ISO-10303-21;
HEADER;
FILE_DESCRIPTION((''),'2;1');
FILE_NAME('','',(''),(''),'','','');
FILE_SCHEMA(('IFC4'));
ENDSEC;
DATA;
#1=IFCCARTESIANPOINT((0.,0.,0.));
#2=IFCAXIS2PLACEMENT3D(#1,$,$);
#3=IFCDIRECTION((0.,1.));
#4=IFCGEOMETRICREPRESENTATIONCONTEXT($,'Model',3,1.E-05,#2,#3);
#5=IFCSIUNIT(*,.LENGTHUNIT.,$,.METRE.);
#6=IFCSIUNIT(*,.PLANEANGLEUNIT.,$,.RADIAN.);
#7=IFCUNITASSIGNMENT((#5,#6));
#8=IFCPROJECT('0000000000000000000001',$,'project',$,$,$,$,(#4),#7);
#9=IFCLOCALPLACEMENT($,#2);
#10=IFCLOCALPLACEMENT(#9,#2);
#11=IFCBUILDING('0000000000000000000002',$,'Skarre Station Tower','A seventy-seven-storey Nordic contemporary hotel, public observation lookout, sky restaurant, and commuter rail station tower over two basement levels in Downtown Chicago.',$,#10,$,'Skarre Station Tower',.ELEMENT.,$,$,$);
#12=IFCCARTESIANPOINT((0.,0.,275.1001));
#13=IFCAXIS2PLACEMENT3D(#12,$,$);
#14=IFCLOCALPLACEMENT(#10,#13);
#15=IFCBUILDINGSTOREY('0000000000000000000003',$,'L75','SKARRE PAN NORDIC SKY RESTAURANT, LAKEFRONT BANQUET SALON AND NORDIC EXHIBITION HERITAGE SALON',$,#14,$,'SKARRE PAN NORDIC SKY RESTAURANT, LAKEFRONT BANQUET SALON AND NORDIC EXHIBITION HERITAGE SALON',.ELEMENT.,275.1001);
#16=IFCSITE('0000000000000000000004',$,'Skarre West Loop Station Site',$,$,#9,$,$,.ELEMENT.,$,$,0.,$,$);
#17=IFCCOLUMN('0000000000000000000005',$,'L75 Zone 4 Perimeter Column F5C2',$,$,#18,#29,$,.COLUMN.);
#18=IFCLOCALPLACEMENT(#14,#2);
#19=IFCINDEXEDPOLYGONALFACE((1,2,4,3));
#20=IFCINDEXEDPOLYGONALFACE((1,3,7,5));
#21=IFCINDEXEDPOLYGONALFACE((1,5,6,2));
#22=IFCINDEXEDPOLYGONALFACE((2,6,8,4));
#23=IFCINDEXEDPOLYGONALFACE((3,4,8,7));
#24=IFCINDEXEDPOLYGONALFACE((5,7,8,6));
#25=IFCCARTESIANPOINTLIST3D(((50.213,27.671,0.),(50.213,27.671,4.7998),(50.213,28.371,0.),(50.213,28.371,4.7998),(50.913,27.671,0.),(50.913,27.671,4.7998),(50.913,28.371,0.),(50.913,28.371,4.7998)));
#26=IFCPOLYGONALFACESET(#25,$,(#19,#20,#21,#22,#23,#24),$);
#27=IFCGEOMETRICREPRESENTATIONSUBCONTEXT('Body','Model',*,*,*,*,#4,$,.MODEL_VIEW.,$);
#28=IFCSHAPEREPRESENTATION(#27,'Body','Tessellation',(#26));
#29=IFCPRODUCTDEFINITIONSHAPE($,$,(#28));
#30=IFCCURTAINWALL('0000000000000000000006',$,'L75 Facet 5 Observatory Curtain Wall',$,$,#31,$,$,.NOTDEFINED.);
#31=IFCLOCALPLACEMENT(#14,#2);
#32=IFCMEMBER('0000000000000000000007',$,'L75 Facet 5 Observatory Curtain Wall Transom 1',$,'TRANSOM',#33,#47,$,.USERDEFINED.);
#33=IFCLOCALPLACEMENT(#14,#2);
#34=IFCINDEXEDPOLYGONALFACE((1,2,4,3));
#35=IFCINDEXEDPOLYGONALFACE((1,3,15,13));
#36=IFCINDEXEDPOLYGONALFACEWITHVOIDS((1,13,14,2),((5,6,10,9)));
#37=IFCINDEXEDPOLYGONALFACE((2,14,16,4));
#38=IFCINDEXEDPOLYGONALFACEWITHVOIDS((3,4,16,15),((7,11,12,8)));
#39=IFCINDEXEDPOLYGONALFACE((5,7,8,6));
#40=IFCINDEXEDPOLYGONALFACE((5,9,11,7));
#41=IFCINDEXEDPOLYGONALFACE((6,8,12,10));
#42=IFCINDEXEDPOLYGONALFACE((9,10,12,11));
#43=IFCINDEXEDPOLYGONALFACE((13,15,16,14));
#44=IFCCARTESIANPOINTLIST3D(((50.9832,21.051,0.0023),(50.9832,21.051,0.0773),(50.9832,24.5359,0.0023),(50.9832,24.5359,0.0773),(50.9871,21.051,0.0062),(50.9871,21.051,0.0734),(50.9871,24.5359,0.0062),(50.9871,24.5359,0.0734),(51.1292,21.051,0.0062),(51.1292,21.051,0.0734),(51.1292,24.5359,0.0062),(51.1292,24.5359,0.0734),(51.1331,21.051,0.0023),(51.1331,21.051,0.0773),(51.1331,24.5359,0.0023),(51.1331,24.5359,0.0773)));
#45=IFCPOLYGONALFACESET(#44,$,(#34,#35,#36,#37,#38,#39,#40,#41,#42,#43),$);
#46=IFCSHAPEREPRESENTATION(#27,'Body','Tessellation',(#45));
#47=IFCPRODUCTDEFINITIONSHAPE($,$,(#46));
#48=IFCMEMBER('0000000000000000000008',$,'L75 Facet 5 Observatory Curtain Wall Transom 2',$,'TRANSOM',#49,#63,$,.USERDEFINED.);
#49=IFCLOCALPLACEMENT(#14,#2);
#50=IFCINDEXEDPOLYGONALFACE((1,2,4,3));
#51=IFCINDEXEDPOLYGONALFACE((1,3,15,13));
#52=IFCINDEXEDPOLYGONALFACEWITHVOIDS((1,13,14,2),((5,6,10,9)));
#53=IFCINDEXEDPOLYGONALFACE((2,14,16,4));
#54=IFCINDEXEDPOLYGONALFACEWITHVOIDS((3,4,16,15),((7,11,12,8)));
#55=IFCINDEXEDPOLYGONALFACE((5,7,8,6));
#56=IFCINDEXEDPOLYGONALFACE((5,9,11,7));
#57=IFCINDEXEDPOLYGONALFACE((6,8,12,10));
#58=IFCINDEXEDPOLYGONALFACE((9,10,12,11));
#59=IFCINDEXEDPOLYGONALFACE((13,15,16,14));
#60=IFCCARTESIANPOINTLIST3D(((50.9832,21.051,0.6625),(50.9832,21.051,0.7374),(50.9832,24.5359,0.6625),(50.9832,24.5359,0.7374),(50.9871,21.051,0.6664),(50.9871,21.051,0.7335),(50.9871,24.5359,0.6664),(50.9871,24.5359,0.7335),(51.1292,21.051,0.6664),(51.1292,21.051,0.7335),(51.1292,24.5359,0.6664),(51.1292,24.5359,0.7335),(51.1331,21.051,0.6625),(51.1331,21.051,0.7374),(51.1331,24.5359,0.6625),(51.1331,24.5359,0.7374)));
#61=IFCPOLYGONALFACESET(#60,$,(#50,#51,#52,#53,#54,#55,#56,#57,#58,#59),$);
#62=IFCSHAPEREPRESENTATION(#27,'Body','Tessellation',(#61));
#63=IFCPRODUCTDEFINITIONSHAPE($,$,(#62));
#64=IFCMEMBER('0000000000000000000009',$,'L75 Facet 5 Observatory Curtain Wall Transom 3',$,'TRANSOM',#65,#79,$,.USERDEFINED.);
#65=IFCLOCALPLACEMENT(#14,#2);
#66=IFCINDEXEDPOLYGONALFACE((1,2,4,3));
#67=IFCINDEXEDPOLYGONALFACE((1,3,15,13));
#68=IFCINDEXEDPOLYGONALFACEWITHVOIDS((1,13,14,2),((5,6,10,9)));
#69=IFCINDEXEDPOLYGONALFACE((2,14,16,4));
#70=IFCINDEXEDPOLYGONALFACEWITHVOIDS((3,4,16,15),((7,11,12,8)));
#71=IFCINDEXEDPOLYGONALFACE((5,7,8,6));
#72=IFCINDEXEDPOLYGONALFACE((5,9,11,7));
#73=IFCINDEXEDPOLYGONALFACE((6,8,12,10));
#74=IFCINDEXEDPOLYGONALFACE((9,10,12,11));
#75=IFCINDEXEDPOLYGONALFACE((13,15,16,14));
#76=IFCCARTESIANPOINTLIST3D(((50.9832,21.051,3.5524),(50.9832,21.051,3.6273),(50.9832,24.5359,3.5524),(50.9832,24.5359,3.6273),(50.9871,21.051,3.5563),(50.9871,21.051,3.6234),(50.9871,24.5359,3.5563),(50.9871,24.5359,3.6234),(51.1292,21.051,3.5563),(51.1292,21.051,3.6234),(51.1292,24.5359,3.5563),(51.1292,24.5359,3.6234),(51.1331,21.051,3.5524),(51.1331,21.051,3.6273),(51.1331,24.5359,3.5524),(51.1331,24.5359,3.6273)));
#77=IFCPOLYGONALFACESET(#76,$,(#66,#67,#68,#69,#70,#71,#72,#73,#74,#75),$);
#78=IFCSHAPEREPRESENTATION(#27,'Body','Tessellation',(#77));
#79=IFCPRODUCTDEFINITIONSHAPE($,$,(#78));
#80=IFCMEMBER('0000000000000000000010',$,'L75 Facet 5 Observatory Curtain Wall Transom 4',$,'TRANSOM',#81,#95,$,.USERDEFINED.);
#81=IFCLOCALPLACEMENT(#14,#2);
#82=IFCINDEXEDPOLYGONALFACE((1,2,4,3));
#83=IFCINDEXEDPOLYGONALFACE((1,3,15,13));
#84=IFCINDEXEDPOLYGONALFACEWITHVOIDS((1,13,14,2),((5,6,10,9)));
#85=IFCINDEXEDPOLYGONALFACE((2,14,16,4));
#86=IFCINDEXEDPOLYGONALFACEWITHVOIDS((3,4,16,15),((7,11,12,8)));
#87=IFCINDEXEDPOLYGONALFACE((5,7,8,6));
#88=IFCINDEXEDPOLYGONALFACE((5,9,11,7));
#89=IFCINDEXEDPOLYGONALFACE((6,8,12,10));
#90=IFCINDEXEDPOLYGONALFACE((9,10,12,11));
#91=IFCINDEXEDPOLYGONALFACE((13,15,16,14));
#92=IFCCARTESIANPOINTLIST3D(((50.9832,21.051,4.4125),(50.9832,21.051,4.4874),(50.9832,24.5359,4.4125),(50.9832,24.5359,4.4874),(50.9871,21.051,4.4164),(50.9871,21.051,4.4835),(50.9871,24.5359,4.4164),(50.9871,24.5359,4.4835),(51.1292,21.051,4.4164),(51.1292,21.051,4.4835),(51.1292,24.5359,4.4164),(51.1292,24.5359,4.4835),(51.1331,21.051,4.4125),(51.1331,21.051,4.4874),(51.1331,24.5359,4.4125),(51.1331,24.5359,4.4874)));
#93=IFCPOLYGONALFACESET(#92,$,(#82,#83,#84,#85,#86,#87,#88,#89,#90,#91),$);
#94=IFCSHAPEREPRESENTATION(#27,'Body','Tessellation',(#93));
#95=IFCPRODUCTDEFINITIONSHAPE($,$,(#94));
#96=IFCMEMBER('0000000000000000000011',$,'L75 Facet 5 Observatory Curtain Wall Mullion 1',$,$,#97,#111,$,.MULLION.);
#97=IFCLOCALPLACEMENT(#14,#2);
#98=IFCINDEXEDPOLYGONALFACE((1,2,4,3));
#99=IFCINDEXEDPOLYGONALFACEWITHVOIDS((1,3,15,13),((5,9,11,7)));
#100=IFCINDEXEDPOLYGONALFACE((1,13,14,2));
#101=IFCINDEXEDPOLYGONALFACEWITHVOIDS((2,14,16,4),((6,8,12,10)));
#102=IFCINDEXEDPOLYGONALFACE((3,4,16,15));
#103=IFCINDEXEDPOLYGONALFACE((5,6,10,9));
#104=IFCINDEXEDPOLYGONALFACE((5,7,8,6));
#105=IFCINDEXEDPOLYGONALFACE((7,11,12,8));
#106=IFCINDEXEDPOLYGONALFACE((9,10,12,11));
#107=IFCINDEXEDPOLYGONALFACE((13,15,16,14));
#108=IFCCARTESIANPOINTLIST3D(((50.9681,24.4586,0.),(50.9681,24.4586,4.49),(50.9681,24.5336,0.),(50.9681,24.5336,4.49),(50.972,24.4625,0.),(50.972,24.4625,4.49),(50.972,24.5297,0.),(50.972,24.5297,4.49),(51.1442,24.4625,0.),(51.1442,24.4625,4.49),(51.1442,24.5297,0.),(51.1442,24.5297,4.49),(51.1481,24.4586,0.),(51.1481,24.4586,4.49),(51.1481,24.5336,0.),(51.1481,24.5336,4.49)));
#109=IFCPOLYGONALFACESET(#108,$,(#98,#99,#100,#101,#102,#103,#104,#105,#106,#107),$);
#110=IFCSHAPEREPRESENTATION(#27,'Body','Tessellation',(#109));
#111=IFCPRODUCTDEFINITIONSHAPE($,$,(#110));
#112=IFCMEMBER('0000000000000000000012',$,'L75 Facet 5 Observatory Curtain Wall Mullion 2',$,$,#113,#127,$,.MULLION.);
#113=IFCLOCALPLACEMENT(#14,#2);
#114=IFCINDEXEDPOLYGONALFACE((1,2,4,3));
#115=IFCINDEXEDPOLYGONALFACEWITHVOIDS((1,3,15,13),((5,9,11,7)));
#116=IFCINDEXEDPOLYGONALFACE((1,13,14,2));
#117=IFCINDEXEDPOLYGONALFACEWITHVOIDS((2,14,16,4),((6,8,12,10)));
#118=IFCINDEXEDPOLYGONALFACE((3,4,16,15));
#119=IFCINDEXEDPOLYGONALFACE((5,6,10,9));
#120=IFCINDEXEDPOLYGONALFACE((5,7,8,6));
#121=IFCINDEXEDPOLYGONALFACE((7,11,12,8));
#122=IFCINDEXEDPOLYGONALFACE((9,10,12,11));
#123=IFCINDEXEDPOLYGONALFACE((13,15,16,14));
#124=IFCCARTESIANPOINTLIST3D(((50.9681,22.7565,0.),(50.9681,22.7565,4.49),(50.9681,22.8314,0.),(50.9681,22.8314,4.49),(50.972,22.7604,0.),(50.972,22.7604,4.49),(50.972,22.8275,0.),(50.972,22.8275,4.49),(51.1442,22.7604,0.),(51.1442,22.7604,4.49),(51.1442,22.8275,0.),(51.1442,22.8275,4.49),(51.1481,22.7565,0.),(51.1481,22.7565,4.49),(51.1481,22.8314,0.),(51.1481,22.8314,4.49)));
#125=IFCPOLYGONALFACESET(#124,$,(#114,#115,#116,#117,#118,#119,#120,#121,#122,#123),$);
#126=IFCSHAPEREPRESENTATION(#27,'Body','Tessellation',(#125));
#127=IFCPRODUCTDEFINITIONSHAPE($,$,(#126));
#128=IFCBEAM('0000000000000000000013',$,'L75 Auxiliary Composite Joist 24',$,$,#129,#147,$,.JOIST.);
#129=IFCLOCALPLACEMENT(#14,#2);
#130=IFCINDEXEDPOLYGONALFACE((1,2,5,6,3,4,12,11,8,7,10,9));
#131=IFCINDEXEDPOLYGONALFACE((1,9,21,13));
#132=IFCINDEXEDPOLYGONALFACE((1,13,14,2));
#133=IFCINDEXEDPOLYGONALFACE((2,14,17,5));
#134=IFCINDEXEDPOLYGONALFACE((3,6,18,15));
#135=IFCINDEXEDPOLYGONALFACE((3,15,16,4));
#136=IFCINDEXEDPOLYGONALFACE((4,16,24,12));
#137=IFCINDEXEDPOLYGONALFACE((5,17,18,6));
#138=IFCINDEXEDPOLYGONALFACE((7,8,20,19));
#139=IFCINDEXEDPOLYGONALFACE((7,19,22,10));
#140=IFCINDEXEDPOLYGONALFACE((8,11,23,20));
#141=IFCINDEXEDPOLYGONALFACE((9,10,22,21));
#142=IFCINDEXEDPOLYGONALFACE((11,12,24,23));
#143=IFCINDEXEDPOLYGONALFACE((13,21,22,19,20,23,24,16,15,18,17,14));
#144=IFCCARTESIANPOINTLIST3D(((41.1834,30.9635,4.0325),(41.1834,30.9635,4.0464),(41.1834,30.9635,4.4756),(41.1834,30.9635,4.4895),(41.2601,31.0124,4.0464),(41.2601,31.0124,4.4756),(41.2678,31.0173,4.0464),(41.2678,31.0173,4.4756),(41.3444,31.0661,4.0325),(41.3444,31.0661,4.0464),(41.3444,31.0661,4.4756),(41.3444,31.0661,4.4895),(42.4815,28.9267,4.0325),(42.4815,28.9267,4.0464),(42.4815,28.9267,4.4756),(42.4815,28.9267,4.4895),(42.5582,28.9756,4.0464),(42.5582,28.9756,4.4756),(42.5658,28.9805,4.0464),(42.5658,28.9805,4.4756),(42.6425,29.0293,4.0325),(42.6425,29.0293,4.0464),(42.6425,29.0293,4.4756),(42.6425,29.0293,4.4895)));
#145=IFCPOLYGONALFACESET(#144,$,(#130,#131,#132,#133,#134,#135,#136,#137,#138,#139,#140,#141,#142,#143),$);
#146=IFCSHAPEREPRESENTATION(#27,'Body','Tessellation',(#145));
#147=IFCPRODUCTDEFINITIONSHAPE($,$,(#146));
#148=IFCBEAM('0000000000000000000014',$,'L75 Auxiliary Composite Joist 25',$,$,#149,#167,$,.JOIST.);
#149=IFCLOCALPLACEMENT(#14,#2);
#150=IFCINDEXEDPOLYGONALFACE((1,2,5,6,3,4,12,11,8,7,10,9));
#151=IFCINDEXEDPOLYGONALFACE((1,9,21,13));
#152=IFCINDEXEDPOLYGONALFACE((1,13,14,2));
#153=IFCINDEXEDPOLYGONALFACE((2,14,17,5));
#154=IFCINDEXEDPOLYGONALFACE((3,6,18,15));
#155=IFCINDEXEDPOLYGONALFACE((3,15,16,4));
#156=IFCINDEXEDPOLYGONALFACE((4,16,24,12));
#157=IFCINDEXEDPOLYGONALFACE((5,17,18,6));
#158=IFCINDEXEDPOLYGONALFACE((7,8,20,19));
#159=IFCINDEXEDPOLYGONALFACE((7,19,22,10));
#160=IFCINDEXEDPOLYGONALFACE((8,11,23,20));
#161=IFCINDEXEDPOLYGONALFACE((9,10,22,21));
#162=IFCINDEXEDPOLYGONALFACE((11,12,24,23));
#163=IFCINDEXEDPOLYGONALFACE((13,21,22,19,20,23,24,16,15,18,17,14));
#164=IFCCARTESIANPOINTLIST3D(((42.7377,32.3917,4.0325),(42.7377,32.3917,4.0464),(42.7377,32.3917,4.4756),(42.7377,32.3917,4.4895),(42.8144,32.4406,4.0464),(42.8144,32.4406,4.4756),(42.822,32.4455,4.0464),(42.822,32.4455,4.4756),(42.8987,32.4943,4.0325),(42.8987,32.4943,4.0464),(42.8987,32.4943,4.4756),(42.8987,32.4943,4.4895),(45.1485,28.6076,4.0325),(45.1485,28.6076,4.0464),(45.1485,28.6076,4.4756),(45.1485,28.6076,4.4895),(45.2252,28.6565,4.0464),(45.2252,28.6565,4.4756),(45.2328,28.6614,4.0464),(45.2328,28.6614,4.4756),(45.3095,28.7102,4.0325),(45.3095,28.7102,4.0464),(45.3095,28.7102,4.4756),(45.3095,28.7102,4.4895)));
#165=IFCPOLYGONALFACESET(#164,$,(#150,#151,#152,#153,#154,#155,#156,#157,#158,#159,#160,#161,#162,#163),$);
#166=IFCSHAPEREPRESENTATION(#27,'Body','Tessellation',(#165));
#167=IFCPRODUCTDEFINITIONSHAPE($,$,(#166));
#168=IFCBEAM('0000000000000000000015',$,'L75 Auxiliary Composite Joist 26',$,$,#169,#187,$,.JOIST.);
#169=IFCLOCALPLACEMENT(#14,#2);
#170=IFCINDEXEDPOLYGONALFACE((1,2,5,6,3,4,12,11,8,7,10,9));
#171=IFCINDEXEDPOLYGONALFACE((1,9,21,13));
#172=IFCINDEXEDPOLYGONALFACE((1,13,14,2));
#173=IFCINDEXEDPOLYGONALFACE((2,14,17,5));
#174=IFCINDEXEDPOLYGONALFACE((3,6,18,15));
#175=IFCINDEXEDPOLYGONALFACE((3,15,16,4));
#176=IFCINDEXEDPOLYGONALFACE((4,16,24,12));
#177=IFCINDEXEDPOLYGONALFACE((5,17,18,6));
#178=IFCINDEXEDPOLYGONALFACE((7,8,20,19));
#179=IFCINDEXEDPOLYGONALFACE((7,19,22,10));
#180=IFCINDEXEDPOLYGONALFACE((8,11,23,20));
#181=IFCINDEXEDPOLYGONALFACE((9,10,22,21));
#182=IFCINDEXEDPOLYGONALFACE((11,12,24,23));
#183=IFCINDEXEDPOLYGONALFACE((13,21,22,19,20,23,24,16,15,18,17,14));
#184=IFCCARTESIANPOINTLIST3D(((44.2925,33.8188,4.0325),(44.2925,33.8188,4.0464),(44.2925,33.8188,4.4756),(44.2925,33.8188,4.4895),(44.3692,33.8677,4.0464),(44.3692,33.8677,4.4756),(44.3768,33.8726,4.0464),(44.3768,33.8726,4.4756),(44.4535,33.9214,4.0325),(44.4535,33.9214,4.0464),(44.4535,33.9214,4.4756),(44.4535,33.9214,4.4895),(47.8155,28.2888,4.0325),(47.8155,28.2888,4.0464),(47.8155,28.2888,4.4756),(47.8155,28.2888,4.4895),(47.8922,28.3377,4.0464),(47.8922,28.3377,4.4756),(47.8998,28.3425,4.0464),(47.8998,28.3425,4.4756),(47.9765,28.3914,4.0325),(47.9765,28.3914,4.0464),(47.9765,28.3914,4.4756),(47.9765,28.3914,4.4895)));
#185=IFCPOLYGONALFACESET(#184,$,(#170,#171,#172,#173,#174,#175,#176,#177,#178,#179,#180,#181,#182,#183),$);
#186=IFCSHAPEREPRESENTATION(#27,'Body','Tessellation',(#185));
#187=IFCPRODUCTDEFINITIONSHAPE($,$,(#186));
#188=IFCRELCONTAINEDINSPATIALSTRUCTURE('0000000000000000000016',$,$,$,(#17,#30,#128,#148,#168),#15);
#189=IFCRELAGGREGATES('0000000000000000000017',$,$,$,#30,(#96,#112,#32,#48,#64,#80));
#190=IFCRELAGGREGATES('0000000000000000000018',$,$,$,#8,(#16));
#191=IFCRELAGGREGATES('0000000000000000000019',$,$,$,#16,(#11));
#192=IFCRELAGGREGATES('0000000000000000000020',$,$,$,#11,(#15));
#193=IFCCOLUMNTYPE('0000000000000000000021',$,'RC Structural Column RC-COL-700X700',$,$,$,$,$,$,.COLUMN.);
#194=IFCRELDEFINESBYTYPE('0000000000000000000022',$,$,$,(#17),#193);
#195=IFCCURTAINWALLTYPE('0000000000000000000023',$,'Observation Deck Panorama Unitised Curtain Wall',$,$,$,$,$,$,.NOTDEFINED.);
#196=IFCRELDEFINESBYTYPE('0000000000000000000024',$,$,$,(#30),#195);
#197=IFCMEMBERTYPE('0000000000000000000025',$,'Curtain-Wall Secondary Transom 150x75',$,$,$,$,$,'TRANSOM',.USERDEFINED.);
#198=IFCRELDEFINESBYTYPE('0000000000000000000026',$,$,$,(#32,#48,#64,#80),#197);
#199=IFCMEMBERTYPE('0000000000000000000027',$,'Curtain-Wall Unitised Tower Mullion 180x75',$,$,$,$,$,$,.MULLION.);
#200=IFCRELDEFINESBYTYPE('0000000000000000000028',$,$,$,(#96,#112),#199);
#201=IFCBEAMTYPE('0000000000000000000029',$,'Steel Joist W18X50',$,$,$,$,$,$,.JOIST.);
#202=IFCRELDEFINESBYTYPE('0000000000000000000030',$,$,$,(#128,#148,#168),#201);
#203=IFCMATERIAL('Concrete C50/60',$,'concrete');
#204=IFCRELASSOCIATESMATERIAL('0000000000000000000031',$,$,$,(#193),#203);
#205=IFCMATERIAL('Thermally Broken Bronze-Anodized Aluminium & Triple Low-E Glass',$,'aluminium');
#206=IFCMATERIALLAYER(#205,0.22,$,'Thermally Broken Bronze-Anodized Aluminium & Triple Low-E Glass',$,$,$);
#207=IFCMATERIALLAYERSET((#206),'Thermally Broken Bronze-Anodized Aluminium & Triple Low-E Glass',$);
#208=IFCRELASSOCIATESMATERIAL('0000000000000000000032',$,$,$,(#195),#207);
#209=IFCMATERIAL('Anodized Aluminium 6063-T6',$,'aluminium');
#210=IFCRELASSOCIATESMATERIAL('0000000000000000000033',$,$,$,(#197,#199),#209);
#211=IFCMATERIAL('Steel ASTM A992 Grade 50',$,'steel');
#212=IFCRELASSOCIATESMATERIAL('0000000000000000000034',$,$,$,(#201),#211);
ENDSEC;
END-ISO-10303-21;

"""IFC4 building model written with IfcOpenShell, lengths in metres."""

from ifc_helpers import new_model, si_unit, direction, frame, origin, origin_2d, place, context, subcontext, project, spatial, rectangle, hollow_rectangle, i_section, extrude, material, layer, layer_set, material_profile, profile_set, type_object, element, aggregate, save


model = new_model("IFC4")

# Units and contexts
model_context = context("Model", 3, precision=1e-05, world=origin(), true_north=direction((0.0, 1.0)))
body_context = subcontext(model_context, "Body", "Model", "MODEL_VIEW")
ifc_project = project(units=[si_unit("LENGTHUNIT", "METRE"), si_unit("PLANEANGLEUNIT", "RADIAN")], contexts=[model_context])

# Site, building, storey
site_placement = place(None, origin())
site = spatial("IfcSite", under=ifc_project, at=site_placement, Name="Skarre West Loop Station Site", CompositionType="ELEMENT", RefElevation=0.0)
building_placement = place(site_placement, origin())
building = spatial("IfcBuilding", under=site, at=building_placement, Name="Skarre Station Tower", Description="A seventy-seven-storey Nordic contemporary hotel, public observation lookout, sky restaurant, and commuter rail station tower over two basement levels in Downtown Chicago.", LongName="Skarre Station Tower", CompositionType="ELEMENT")
storey_placement = place(building_placement, frame((0.0, 0.0, 275.1001)))
storey = spatial("IfcBuildingStorey", under=building, at=storey_placement, Name="L75", Description="SKARRE PAN NORDIC SKY RESTAURANT, LAKEFRONT BANQUET SALON AND NORDIC EXHIBITION HERITAGE SALON", LongName="SKARRE PAN NORDIC SKY RESTAURANT, LAKEFRONT BANQUET SALON AND NORDIC EXHIBITION HERITAGE SALON", CompositionType="ELEMENT", Elevation=275.1001)

# Column
ifc_material_1 = material(Name="Concrete C50/60", Category="concrete")
ifc_material_profile_1 = material_profile(ifc_material_1, rectangle(XDim=0.7, YDim=0.7, at=origin_2d()), Name="Concrete C50/60")
ifc_profile_set_1 = profile_set([ifc_material_profile_1], Name="Concrete C50/60")
column_type = type_object("IfcColumnType", Name="RC Structural Column RC-COL-700X700", PredefinedType="COLUMN", material=ifc_profile_set_1)
column_placement = place(storey_placement, frame((50.563, 28.021, 0.0), z_axis=(0.0, 0.0, 1.0), x_axis=(1.0, 0.0, 0.0)))
element("IfcColumn", 1, at=column_placement, inside=storey, type_object=column_type, Name="L75 Zone 4 Perimeter Column F5C2", PredefinedType="COLUMN", context=body_context, shape_type="SweptSolid", body=[
    extrude(rectangle(XDim=0.7, YDim=0.7, at=origin_2d()), origin(), (0.0, 0.0, 1.0), 4.7998),
])

# Curtain wall, members
ifc_material_2 = material(Name="Thermally Broken Bronze-Anodized Aluminium & Triple Low-E Glass", Category="aluminium")
ifc_layer_1 = layer(ifc_material_2, 0.22, Name="Thermally Broken Bronze-Anodized Aluminium & Triple Low-E Glass")
ifc_layer_set_1 = layer_set([ifc_layer_1], Name="Thermally Broken Bronze-Anodized Aluminium & Triple Low-E Glass")
curtain_wall_type = type_object("IfcCurtainWallType", Name="Observation Deck Panorama Unitised Curtain Wall", PredefinedType="NOTDEFINED", material=ifc_layer_set_1)
curtain_wall_placement = place(storey_placement, origin())
curtain_wall = element("IfcCurtainWall", 2, at=curtain_wall_placement, inside=storey, type_object=curtain_wall_type, Name="L75 Facet 5 Observatory Curtain Wall", PredefinedType="NOTDEFINED")
ifc_material_3 = material(Name="Anodized Aluminium 6063-T6", Category="aluminium")
ifc_material_profile_2 = material_profile(ifc_material_3, hollow_rectangle(XDim=0.075, YDim=0.1499, WallThickness=0.0039, at=origin_2d()), Name="Anodized Aluminium 6063-T6")
ifc_profile_set_2 = profile_set([ifc_material_profile_2], Name="Anodized Aluminium 6063-T6")
member_type_1 = type_object("IfcMemberType", Name="Curtain-Wall Secondary Transom 150x75", ElementType="TRANSOM", PredefinedType="USERDEFINED", material=ifc_profile_set_2)
member_1_placement = place(storey_placement, frame((51.0581, 24.5359, 0.0398), z_axis=(0.0, -1.0, 0.0), x_axis=(0.0, 0.0, 1.0)))
member_1 = element("IfcMember", 3, at=member_1_placement, type_object=member_type_1, Name="L75 Facet 5 Observatory Curtain Wall Transom 1", ObjectType="TRANSOM", PredefinedType="USERDEFINED", context=body_context, shape_type="SweptSolid", body=[
    extrude(hollow_rectangle(XDim=0.075, YDim=0.1499, WallThickness=0.0039, at=origin_2d()), origin(), (0.0, 0.0, 1.0), 3.4849),
])
member_2_placement = place(storey_placement, frame((51.0581, 24.5359, 0.7), z_axis=(0.0, -1.0, 0.0), x_axis=(0.0, 0.0, 1.0)))
member_2 = element("IfcMember", 4, at=member_2_placement, type_object=member_type_1, Name="L75 Facet 5 Observatory Curtain Wall Transom 2", ObjectType="TRANSOM", PredefinedType="USERDEFINED", context=body_context, shape_type="SweptSolid", body=[
    extrude(hollow_rectangle(XDim=0.075, YDim=0.1499, WallThickness=0.0039, at=origin_2d()), origin(), (0.0, 0.0, 1.0), 3.4849),
])
member_3_placement = place(storey_placement, frame((51.0581, 24.5359, 3.5898), z_axis=(0.0, -1.0, 0.0), x_axis=(0.0, 0.0, 1.0)))
member_3 = element("IfcMember", 5, at=member_3_placement, type_object=member_type_1, Name="L75 Facet 5 Observatory Curtain Wall Transom 3", ObjectType="TRANSOM", PredefinedType="USERDEFINED", context=body_context, shape_type="SweptSolid", body=[
    extrude(hollow_rectangle(XDim=0.075, YDim=0.1499, WallThickness=0.0039, at=origin_2d()), origin(), (0.0, 0.0, 1.0), 3.4849),
])
member_4_placement = place(storey_placement, frame((51.0581, 24.5359, 4.45), z_axis=(0.0, -1.0, 0.0), x_axis=(0.0, 0.0, 1.0)))
member_4 = element("IfcMember", 6, at=member_4_placement, type_object=member_type_1, Name="L75 Facet 5 Observatory Curtain Wall Transom 4", ObjectType="TRANSOM", PredefinedType="USERDEFINED", context=body_context, shape_type="SweptSolid", body=[
    extrude(hollow_rectangle(XDim=0.075, YDim=0.1499, WallThickness=0.0039, at=origin_2d()), origin(), (0.0, 0.0, 1.0), 3.4849),
])
ifc_material_profile_3 = material_profile(ifc_material_3, hollow_rectangle(XDim=0.075, YDim=0.1799, WallThickness=0.0039, at=origin_2d()), Name="Anodized Aluminium 6063-T6")
ifc_profile_set_3 = profile_set([ifc_material_profile_3], Name="Anodized Aluminium 6063-T6")
member_type_2 = type_object("IfcMemberType", Name="Curtain-Wall Unitised Tower Mullion 180x75", PredefinedType="MULLION", material=ifc_profile_set_3)
member_5_placement = place(storey_placement, frame((51.0581, 24.4961, 0.0), z_axis=(0.0, 0.0, 1.0), x_axis=(0.0, -1.0, 0.0)))
member_5 = element("IfcMember", 7, at=member_5_placement, type_object=member_type_2, Name="L75 Facet 5 Observatory Curtain Wall Mullion 1", PredefinedType="MULLION", context=body_context, shape_type="SweptSolid", body=[
    extrude(hollow_rectangle(XDim=0.075, YDim=0.1799, WallThickness=0.0039, at=origin_2d()), origin(), (0.0, 0.0, 1.0), 4.49),
])
member_6_placement = place(storey_placement, frame((51.0581, 22.7939, 0.0), z_axis=(0.0, 0.0, 1.0), x_axis=(0.0, -1.0, 0.0)))
member_6 = element("IfcMember", 8, at=member_6_placement, type_object=member_type_2, Name="L75 Facet 5 Observatory Curtain Wall Mullion 2", PredefinedType="MULLION", context=body_context, shape_type="SweptSolid", body=[
    extrude(hollow_rectangle(XDim=0.075, YDim=0.1799, WallThickness=0.0039, at=origin_2d()), origin(), (0.0, 0.0, 1.0), 4.49),
])

# Beams
ifc_material_4 = material(Name="Steel ASTM A992 Grade 50", Category="steel")
ifc_material_profile_4 = material_profile(ifc_material_4, i_section(OverallWidth=0.1909, OverallDepth=0.457, WebThickness=0.009, FlangeThickness=0.0139, at=origin_2d()), Name="Steel ASTM A992 Grade 50")
ifc_profile_set_4 = profile_set([ifc_material_profile_4], Name="Steel ASTM A992 Grade 50")
beam_type_1 = type_object("IfcBeamType", Name="Steel Joist W18X50", PredefinedType="JOIST", material=ifc_profile_set_4)
beam_1_placement = place(storey_placement, frame((42.562, 28.978, 4.261), z_axis=(-0.537438, 0.843303, 0.0), x_axis=(-0.843303, -0.537438, 0.0)))
element("IfcBeam", 9, at=beam_1_placement, inside=storey, type_object=beam_type_1, Name="L75 Auxiliary Composite Joist 24", PredefinedType="JOIST", context=body_context, shape_type="SweptSolid", body=[
    extrude(i_section(OverallWidth=0.1909, OverallDepth=0.457, WebThickness=0.009, FlangeThickness=0.0139, at=origin_2d()), origin(), (0.0, 0.0, 1.0), 2.4153),
])
beam_2_placement = place(storey_placement, frame((45.229, 28.6589, 4.261), z_axis=(-0.537316, 0.843381, 0.0), x_axis=(-0.843381, -0.537316, 0.0)))
element("IfcBeam", 10, at=beam_2_placement, inside=storey, type_object=beam_type_1, Name="L75 Auxiliary Composite Joist 25", PredefinedType="JOIST", context=body_context, shape_type="SweptSolid", body=[
    extrude(i_section(OverallWidth=0.1909, OverallDepth=0.457, WebThickness=0.009, FlangeThickness=0.0139, at=origin_2d()), origin(), (0.0, 0.0, 1.0), 4.4868),
])
beam_3_placement = place(storey_placement, frame((47.896, 28.3401, 4.261), z_axis=(-0.537292, 0.843396, 0.0), x_axis=(-0.843396, -0.537292, 0.0)))
element("IfcBeam", 11, at=beam_3_placement, inside=storey, type_object=beam_type_1, Name="L75 Auxiliary Composite Joist 26", PredefinedType="JOIST", context=body_context, shape_type="SweptSolid", body=[
    extrude(i_section(OverallWidth=0.1909, OverallDepth=0.457, WebThickness=0.009, FlangeThickness=0.0139, at=origin_2d()), origin(), (0.0, 0.0, 1.0), 6.5569),
])

aggregate(curtain_wall, [member_5, member_6, member_1, member_2, member_3, member_4])

save(model, "model.ifc")
